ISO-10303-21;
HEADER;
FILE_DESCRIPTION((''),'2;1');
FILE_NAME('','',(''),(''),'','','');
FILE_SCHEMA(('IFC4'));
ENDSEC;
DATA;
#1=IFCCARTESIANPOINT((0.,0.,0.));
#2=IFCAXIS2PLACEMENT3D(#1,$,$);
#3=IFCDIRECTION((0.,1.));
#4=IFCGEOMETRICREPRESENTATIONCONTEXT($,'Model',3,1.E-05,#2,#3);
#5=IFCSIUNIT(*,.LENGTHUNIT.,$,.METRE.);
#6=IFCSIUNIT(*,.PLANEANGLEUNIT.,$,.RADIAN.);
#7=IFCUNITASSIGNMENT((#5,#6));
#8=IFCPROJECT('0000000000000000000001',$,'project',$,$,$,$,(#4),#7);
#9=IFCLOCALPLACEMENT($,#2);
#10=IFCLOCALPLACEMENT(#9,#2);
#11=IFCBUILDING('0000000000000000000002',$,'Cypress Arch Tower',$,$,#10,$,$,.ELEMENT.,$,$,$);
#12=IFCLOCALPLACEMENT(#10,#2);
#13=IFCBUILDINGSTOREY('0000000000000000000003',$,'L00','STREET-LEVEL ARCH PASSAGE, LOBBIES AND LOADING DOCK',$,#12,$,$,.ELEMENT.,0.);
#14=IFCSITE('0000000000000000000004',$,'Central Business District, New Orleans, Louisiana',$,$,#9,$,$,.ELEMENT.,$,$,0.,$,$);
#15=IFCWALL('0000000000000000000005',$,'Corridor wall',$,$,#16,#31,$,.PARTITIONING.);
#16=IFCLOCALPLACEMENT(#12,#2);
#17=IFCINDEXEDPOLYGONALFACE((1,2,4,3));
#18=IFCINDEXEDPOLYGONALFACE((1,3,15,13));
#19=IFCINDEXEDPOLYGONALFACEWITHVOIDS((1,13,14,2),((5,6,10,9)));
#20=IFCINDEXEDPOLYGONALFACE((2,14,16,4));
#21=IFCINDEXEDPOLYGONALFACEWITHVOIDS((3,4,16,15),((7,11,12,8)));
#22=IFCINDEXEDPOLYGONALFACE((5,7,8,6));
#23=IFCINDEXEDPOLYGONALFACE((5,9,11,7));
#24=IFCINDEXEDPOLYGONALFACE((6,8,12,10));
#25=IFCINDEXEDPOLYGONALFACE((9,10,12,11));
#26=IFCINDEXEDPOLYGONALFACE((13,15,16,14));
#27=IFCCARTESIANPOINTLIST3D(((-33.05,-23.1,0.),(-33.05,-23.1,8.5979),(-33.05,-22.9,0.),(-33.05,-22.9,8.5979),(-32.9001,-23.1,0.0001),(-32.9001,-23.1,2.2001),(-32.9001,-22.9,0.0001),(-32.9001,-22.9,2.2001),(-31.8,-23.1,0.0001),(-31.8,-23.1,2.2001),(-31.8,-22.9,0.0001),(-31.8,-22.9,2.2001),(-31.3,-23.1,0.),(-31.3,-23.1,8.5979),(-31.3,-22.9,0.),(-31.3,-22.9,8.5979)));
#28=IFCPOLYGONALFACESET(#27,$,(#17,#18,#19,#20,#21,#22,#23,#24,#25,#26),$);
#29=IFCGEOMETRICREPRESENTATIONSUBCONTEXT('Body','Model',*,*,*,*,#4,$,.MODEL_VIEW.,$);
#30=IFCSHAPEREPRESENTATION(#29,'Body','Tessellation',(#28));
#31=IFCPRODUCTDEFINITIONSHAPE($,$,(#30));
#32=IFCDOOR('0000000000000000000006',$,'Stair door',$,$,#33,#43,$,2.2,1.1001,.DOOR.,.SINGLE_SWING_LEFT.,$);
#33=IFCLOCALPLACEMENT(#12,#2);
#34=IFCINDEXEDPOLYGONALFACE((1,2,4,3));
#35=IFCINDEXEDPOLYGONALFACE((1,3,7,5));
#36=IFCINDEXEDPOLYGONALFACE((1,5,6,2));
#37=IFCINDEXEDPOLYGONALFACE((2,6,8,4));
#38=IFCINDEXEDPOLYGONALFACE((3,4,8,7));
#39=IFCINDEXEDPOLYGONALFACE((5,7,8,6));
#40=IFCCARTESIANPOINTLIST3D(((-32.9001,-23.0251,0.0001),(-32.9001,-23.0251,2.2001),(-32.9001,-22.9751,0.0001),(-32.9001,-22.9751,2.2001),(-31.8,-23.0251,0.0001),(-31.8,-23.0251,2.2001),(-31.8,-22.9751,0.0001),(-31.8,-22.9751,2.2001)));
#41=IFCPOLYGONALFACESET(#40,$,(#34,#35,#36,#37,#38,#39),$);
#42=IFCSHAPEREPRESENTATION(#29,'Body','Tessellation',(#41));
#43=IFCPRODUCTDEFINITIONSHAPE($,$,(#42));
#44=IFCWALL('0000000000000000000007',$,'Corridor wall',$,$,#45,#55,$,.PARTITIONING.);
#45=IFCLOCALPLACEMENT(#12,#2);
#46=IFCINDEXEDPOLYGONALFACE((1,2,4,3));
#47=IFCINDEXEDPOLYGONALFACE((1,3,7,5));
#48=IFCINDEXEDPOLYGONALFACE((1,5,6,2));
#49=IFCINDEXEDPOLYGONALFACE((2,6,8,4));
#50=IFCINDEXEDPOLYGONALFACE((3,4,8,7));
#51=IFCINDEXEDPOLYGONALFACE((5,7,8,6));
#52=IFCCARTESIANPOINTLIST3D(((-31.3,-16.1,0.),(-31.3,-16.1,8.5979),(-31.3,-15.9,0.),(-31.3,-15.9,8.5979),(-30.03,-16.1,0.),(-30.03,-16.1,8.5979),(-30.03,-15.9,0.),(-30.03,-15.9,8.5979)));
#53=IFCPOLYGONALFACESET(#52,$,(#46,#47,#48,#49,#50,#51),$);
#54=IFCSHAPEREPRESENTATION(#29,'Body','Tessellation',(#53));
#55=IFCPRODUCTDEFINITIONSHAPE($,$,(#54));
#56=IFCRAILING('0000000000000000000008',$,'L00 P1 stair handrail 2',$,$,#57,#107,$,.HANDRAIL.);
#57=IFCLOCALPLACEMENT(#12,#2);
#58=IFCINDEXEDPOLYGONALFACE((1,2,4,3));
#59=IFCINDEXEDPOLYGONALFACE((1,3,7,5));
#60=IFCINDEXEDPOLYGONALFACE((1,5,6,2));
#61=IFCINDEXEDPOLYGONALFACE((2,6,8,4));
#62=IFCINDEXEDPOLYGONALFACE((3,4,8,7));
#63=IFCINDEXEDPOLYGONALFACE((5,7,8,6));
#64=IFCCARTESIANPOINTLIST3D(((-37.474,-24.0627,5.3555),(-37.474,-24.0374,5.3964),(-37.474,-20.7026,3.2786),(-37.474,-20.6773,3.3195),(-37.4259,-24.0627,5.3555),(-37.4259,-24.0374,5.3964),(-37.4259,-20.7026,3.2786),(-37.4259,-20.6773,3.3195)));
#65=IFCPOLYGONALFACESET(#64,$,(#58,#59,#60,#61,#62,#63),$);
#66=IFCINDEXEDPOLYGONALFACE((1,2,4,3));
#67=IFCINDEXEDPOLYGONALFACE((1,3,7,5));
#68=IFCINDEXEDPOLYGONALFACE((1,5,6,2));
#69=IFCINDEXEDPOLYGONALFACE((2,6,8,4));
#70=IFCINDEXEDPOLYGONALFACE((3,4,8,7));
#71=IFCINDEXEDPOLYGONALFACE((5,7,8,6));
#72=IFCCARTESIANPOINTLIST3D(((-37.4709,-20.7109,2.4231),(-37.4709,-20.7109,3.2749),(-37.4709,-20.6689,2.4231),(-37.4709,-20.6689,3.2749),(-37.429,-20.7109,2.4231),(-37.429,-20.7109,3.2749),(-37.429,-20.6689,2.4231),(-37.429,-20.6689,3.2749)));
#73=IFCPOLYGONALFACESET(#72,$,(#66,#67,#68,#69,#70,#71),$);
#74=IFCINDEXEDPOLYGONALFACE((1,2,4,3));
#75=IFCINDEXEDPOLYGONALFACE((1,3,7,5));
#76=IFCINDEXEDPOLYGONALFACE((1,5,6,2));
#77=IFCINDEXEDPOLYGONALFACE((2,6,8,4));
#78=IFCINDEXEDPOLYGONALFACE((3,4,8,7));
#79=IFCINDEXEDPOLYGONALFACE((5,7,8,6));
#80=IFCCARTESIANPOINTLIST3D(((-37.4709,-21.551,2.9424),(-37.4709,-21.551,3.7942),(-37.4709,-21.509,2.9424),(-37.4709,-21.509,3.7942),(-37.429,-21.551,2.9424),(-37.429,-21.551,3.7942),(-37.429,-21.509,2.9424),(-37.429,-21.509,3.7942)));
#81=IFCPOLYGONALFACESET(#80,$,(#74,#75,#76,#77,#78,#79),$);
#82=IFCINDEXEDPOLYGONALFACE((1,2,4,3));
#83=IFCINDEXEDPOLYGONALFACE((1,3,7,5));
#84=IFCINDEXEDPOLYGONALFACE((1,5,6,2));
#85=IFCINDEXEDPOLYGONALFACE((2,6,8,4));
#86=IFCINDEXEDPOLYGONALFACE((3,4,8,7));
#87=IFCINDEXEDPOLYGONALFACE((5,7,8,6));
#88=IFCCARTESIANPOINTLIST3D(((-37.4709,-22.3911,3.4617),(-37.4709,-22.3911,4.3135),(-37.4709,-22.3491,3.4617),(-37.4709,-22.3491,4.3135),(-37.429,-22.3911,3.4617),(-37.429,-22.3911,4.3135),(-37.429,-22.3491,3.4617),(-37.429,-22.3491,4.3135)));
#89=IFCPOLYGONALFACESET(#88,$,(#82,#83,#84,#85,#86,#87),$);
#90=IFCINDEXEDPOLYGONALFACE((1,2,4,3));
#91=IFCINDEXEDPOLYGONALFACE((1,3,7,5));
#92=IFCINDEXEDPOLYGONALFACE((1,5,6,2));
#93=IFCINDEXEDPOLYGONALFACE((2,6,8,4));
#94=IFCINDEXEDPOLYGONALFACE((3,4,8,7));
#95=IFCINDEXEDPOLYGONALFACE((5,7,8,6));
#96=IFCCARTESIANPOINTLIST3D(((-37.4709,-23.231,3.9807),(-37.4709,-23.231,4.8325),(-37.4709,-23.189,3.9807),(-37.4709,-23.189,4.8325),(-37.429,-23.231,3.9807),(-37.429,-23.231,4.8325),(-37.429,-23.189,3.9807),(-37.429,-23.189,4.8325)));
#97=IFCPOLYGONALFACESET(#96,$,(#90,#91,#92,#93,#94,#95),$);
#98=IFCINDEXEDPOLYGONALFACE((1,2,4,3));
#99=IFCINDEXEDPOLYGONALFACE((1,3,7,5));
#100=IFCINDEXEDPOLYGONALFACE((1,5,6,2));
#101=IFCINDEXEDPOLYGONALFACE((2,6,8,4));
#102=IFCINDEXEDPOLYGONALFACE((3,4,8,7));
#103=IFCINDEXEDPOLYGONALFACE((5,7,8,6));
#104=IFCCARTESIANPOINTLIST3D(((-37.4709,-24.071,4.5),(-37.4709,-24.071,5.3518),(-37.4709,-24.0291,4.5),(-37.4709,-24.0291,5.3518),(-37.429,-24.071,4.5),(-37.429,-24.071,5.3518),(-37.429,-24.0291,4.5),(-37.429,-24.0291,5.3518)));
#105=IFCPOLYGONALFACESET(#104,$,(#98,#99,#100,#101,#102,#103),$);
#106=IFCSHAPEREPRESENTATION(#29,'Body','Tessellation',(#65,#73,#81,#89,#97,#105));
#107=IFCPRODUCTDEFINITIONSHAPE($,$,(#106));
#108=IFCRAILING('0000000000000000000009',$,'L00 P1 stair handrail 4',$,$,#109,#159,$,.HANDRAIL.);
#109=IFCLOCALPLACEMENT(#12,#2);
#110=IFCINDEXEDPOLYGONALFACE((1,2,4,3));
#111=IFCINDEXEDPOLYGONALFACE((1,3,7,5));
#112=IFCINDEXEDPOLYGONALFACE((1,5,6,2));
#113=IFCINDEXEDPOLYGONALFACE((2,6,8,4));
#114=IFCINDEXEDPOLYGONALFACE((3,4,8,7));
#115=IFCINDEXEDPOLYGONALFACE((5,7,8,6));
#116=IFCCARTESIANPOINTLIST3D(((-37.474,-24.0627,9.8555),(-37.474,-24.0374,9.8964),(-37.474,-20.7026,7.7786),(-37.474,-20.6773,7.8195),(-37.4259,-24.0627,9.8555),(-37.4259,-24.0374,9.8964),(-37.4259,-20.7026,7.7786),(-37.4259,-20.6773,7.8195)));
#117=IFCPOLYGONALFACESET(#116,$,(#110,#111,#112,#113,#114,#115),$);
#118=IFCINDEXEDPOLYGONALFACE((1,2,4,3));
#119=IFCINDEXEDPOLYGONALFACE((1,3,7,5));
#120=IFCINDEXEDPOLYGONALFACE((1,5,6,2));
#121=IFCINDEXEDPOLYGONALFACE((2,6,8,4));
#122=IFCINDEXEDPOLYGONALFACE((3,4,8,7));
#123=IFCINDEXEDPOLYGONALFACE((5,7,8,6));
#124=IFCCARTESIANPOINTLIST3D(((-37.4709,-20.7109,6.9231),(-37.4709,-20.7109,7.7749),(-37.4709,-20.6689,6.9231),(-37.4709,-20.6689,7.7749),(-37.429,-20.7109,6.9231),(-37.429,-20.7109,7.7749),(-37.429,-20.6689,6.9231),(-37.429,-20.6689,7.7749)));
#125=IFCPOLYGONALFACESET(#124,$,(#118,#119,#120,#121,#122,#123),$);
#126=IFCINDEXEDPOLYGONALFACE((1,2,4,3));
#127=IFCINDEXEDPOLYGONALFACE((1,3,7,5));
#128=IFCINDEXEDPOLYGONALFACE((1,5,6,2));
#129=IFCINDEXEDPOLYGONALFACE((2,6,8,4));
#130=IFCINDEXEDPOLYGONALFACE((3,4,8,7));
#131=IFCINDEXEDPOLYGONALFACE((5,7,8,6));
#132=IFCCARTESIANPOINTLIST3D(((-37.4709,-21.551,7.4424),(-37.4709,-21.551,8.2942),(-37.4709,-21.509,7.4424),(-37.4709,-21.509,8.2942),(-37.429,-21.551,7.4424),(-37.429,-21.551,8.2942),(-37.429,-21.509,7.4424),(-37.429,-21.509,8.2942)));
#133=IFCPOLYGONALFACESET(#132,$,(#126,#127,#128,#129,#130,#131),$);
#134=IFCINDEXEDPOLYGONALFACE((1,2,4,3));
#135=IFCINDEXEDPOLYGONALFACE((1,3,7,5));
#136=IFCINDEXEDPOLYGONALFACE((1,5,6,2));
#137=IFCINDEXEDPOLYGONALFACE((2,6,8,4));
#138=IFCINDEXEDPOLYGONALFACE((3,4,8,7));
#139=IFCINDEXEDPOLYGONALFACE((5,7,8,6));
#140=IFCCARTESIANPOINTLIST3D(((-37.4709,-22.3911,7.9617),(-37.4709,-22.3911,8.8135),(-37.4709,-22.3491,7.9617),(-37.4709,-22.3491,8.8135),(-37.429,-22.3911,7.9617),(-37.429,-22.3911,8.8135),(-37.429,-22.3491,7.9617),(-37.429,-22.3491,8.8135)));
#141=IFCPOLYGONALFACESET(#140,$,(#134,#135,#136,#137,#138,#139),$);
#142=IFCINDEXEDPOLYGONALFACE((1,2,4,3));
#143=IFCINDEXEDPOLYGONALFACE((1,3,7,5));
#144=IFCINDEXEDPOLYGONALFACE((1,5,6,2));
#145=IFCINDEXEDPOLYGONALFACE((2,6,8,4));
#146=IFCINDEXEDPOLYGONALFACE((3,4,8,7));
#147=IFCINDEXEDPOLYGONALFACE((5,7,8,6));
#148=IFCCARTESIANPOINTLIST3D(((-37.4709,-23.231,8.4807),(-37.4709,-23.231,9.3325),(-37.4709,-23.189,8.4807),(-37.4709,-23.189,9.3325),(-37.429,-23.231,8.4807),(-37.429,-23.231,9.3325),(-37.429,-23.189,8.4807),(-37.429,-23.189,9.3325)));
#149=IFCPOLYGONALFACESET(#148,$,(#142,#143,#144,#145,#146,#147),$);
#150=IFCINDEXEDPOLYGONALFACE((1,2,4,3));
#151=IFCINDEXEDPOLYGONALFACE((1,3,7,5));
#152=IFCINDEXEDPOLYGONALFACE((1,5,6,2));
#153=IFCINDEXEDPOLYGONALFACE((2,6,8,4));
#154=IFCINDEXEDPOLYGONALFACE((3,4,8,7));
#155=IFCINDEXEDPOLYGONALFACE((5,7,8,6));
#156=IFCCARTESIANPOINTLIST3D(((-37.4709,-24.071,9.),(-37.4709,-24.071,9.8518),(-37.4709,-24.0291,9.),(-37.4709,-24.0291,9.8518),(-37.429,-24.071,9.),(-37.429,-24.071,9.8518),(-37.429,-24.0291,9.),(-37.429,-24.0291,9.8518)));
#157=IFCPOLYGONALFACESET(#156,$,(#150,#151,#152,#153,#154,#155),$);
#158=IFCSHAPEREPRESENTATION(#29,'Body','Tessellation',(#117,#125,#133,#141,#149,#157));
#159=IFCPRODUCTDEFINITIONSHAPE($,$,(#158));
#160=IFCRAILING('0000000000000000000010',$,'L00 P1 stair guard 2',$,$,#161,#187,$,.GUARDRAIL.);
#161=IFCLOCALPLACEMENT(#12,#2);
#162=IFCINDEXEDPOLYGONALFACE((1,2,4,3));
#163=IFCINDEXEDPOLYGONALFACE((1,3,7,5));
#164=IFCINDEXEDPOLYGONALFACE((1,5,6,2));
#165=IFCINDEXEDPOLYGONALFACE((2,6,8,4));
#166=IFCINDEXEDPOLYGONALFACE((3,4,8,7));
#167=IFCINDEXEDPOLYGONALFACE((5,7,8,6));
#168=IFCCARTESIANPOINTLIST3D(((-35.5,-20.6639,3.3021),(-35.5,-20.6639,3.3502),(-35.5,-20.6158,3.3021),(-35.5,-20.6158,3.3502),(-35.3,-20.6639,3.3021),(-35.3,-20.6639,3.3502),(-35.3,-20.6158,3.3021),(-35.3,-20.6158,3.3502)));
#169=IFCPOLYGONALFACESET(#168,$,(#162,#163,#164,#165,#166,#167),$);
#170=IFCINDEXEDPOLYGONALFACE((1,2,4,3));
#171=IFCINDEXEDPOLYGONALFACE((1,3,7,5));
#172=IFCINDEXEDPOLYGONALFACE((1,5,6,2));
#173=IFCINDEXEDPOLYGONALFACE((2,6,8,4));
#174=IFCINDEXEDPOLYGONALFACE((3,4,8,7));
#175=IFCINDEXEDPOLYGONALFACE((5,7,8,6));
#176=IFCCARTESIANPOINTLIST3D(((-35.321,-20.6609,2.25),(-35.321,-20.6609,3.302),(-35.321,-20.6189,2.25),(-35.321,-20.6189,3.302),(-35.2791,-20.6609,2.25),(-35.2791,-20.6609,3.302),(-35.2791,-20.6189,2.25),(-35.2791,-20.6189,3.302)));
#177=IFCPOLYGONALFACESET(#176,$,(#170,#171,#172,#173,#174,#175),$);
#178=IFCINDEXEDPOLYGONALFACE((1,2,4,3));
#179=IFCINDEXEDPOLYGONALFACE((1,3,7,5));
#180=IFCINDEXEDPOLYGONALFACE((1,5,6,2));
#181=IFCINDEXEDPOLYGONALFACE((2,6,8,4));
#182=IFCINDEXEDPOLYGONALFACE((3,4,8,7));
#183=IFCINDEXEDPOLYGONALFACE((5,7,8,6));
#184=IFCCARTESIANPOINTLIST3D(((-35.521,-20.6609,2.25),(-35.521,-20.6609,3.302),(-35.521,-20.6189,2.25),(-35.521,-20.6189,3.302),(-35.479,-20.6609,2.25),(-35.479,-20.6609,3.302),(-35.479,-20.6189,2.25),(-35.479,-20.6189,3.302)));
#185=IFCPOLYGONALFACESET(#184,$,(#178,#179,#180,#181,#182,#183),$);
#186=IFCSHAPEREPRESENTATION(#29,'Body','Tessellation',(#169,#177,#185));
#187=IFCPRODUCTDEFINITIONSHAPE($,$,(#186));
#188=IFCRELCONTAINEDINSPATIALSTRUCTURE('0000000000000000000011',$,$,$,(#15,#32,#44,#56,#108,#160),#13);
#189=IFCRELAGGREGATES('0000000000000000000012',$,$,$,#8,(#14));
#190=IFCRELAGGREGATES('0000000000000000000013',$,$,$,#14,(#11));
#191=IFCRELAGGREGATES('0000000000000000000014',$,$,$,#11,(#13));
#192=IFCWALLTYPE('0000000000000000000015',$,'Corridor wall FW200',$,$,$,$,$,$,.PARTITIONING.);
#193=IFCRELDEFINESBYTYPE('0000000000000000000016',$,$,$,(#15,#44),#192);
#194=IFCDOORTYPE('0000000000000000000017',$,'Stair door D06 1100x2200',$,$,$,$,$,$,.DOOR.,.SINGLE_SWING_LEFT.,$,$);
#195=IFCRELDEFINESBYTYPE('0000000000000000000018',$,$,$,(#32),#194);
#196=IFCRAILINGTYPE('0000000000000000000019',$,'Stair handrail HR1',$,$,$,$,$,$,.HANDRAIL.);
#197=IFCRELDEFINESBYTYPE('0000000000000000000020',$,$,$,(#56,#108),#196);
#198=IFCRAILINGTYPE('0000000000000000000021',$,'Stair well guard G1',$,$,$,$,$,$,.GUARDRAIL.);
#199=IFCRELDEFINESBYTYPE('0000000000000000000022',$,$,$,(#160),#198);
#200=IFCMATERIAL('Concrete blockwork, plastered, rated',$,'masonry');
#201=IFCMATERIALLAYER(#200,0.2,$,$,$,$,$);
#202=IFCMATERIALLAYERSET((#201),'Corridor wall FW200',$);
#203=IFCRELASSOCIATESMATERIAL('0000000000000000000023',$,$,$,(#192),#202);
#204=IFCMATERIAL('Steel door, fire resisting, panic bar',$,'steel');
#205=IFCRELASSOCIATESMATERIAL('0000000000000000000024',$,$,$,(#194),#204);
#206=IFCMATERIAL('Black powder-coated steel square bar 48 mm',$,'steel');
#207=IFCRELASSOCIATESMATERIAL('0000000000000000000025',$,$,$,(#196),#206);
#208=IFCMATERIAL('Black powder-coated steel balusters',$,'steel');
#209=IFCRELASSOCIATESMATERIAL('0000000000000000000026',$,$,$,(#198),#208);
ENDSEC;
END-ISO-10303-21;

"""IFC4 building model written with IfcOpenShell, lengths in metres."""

from ifc_helpers import new_model, si_unit, direction, frame, frame_2d, origin, origin_2d, place, context, subcontext, project, spatial, rectangle, extrude, material, layer, layer_set, type_object, element, fill, save


model = new_model("IFC4")

# Units and contexts
model_context = context("Model", 3, precision=1e-05, world=origin(), true_north=direction((0.0, 1.0)))
body_context = subcontext(model_context, "Body", "Model", "MODEL_VIEW")
ifc_project = project(units=[si_unit("LENGTHUNIT", "METRE"), si_unit("PLANEANGLEUNIT", "RADIAN")], contexts=[model_context])

# Site, building, storey
site_placement = place(None, origin())
site = spatial("IfcSite", under=ifc_project, at=site_placement, Name="Central Business District, New Orleans, Louisiana", CompositionType="ELEMENT", RefElevation=0.0)
building_placement = place(site_placement, origin())
building = spatial("IfcBuilding", under=site, at=building_placement, Name="Cypress Arch Tower", CompositionType="ELEMENT")
storey_placement = place(building_placement, origin())
storey = spatial("IfcBuildingStorey", under=building, at=storey_placement, Name="L00", Description="STREET-LEVEL ARCH PASSAGE, LOBBIES AND LOADING DOCK", CompositionType="ELEMENT", Elevation=0.0)

# Shared definitions
ifc_material_1 = material(Name="Concrete blockwork, plastered, rated", Category="masonry")
ifc_layer = layer(ifc_material_1, 0.2)
ifc_layer_set = layer_set([ifc_layer], Name="Corridor wall FW200")
wall_type = type_object("IfcWallType", Name="Corridor wall FW200", PredefinedType="PARTITIONING", material=ifc_layer_set)

# Wall, opening, door
wall_1_placement = place(storey_placement, frame((-33.05, -23.0, 0.0), z_axis=(0.0, 0.0, 1.0), x_axis=(1.0, 0.0, 0.0)))
wall_1 = element("IfcWall", 1, at=wall_1_placement, inside=storey, type_object=wall_type, Name="Corridor wall", PredefinedType="PARTITIONING", context=body_context, shape_type="SweptSolid", body=[
    extrude(rectangle(XDim=1.75, YDim=0.2, at=frame_2d((0.875, 0.0))), origin(), (0.0, 0.0, 1.0), 8.5979),
])
opening_1_placement = place(wall_1_placement, frame((0.1499, 0.0, 0.0)))
opening_1 = element("IfcOpeningElement", 2, at=opening_1_placement, cuts=wall_1, PredefinedType="OPENING", context=body_context, shape_type="SweptSolid", body=[
    extrude(rectangle(XDim=1.1001, YDim=2.2, at=frame_2d((0.55, 1.1001))), frame((0.0, 0.1099, 0.0), z_axis=(0.0, -1.0, 0.0), x_axis=(1.0, 0.0, 0.0)), (0.0, 0.0, 1.0), 0.22),
])
ifc_material_2 = material(Name="Steel door, fire resisting, panic bar", Category="steel")
door_type_1 = type_object("IfcDoorType", Name="Stair door D06 1100x2200", OperationType="SINGLE_SWING_LEFT", PredefinedType="DOOR", material=ifc_material_2)
door_1_placement = place(opening_1_placement, origin())
door_1 = element("IfcDoor", 3, at=door_1_placement, inside=storey, type_object=door_type_1, Name="Stair door", OperationType="SINGLE_SWING_LEFT", OverallHeight=2.2, OverallWidth=1.1001, PredefinedType="DOOR", context=body_context, shape_type="SweptSolid", body=[
    extrude(rectangle(XDim=1.1001, YDim=2.2, at=frame_2d((0.55, 1.1001))), frame((0.0, 0.0249, 0.0), z_axis=(0.0, -1.0, 0.0), x_axis=(1.0, 0.0, 0.0)), (0.0, 0.0, 1.0), 0.05),
])
fill(opening_1, door_1)

# Wall
wall_2_placement = place(storey_placement, frame((-31.3, -16.0, 0.0), z_axis=(0.0, 0.0, 1.0), x_axis=(1.0, 0.0, 0.0)))
element("IfcWall", 4, at=wall_2_placement, inside=storey, type_object=wall_type, Name="Corridor wall", PredefinedType="PARTITIONING", context=body_context, shape_type="SweptSolid", body=[
    extrude(rectangle(XDim=1.27, YDim=0.2, at=frame_2d((0.635, 0.0))), origin(), (0.0, 0.0, 1.0), 8.5979),
])

# Railings
ifc_material_3 = material(Name="Black powder-coated steel square bar 48 mm", Category="steel")
railing_type_1 = type_object("IfcRailingType", Name="Stair handrail HR1", PredefinedType="HANDRAIL", material=ifc_material_3)
for number, where, name in (
    (5, (-37.45, -20.6899, 2.4231), "L00 P1 stair handrail 2"),
    (6, (-37.45, -20.6899, 6.9231), "L00 P1 stair handrail 4"),
):
    element("IfcRailing", number, at=place(storey_placement, frame(where)), inside=storey, type_object=railing_type_1, Name=name, PredefinedType="HANDRAIL", context=body_context, shape_type="SweptSolid", body=[
        extrude(rectangle(XDim=0.0481, YDim=0.0481, at=origin_2d()), frame((0.0, 0.0, 0.876), z_axis=(0.0, -0.850623, 0.525776), x_axis=(1.0, 0.0, 0.0)), (0.0, 0.0, 1.0), 3.9502),
        extrude(rectangle(XDim=0.042, YDim=0.042, at=origin_2d()), origin(), (0.0, 0.0, 1.0), 0.8518),
        extrude(rectangle(XDim=0.042, YDim=0.042, at=origin_2d()), frame((0.0, -0.8401, 0.5193)), (0.0, 0.0, 1.0), 0.8518),
        extrude(rectangle(XDim=0.042, YDim=0.042, at=origin_2d()), frame((0.0, -1.6802, 1.0386)), (0.0, 0.0, 1.0), 0.8518),
        extrude(rectangle(XDim=0.042, YDim=0.042, at=origin_2d()), frame((0.0, -2.52, 1.5576)), (0.0, 0.0, 1.0), 0.8518),
        extrude(rectangle(XDim=0.042, YDim=0.042, at=origin_2d()), frame((0.0, -3.3601, 2.0769)), (0.0, 0.0, 1.0), 0.8518),
    ])
ifc_material_4 = material(Name="Black powder-coated steel balusters", Category="steel")
railing_type_2 = type_object("IfcRailingType", Name="Stair well guard G1", PredefinedType="GUARDRAIL", material=ifc_material_4)
railing_1_placement = place(storey_placement, frame((-35.3, -20.6399, 2.25)))
element("IfcRailing", 7, at=railing_1_placement, inside=storey, type_object=railing_type_2, Name="L00 P1 stair guard 2", PredefinedType="GUARDRAIL", context=body_context, shape_type="SweptSolid", body=[
    extrude(rectangle(XDim=0.0481, YDim=0.0481, at=origin_2d()), frame((0.0, 0.0, 1.0762), z_axis=(-1.0, 0.0, 0.0), x_axis=(0.0, -1.0, 0.0)), (0.0, 0.0, 1.0), 0.2),
    extrude(rectangle(XDim=0.042, YDim=0.042, at=origin_2d()), origin(), (0.0, 0.0, 1.0), 1.052),
    extrude(rectangle(XDim=0.042, YDim=0.042, at=origin_2d()), frame((-0.2, 0.0, 0.0)), (0.0, 0.0, 1.0), 1.052),
])

save(model, "model.ifc")
